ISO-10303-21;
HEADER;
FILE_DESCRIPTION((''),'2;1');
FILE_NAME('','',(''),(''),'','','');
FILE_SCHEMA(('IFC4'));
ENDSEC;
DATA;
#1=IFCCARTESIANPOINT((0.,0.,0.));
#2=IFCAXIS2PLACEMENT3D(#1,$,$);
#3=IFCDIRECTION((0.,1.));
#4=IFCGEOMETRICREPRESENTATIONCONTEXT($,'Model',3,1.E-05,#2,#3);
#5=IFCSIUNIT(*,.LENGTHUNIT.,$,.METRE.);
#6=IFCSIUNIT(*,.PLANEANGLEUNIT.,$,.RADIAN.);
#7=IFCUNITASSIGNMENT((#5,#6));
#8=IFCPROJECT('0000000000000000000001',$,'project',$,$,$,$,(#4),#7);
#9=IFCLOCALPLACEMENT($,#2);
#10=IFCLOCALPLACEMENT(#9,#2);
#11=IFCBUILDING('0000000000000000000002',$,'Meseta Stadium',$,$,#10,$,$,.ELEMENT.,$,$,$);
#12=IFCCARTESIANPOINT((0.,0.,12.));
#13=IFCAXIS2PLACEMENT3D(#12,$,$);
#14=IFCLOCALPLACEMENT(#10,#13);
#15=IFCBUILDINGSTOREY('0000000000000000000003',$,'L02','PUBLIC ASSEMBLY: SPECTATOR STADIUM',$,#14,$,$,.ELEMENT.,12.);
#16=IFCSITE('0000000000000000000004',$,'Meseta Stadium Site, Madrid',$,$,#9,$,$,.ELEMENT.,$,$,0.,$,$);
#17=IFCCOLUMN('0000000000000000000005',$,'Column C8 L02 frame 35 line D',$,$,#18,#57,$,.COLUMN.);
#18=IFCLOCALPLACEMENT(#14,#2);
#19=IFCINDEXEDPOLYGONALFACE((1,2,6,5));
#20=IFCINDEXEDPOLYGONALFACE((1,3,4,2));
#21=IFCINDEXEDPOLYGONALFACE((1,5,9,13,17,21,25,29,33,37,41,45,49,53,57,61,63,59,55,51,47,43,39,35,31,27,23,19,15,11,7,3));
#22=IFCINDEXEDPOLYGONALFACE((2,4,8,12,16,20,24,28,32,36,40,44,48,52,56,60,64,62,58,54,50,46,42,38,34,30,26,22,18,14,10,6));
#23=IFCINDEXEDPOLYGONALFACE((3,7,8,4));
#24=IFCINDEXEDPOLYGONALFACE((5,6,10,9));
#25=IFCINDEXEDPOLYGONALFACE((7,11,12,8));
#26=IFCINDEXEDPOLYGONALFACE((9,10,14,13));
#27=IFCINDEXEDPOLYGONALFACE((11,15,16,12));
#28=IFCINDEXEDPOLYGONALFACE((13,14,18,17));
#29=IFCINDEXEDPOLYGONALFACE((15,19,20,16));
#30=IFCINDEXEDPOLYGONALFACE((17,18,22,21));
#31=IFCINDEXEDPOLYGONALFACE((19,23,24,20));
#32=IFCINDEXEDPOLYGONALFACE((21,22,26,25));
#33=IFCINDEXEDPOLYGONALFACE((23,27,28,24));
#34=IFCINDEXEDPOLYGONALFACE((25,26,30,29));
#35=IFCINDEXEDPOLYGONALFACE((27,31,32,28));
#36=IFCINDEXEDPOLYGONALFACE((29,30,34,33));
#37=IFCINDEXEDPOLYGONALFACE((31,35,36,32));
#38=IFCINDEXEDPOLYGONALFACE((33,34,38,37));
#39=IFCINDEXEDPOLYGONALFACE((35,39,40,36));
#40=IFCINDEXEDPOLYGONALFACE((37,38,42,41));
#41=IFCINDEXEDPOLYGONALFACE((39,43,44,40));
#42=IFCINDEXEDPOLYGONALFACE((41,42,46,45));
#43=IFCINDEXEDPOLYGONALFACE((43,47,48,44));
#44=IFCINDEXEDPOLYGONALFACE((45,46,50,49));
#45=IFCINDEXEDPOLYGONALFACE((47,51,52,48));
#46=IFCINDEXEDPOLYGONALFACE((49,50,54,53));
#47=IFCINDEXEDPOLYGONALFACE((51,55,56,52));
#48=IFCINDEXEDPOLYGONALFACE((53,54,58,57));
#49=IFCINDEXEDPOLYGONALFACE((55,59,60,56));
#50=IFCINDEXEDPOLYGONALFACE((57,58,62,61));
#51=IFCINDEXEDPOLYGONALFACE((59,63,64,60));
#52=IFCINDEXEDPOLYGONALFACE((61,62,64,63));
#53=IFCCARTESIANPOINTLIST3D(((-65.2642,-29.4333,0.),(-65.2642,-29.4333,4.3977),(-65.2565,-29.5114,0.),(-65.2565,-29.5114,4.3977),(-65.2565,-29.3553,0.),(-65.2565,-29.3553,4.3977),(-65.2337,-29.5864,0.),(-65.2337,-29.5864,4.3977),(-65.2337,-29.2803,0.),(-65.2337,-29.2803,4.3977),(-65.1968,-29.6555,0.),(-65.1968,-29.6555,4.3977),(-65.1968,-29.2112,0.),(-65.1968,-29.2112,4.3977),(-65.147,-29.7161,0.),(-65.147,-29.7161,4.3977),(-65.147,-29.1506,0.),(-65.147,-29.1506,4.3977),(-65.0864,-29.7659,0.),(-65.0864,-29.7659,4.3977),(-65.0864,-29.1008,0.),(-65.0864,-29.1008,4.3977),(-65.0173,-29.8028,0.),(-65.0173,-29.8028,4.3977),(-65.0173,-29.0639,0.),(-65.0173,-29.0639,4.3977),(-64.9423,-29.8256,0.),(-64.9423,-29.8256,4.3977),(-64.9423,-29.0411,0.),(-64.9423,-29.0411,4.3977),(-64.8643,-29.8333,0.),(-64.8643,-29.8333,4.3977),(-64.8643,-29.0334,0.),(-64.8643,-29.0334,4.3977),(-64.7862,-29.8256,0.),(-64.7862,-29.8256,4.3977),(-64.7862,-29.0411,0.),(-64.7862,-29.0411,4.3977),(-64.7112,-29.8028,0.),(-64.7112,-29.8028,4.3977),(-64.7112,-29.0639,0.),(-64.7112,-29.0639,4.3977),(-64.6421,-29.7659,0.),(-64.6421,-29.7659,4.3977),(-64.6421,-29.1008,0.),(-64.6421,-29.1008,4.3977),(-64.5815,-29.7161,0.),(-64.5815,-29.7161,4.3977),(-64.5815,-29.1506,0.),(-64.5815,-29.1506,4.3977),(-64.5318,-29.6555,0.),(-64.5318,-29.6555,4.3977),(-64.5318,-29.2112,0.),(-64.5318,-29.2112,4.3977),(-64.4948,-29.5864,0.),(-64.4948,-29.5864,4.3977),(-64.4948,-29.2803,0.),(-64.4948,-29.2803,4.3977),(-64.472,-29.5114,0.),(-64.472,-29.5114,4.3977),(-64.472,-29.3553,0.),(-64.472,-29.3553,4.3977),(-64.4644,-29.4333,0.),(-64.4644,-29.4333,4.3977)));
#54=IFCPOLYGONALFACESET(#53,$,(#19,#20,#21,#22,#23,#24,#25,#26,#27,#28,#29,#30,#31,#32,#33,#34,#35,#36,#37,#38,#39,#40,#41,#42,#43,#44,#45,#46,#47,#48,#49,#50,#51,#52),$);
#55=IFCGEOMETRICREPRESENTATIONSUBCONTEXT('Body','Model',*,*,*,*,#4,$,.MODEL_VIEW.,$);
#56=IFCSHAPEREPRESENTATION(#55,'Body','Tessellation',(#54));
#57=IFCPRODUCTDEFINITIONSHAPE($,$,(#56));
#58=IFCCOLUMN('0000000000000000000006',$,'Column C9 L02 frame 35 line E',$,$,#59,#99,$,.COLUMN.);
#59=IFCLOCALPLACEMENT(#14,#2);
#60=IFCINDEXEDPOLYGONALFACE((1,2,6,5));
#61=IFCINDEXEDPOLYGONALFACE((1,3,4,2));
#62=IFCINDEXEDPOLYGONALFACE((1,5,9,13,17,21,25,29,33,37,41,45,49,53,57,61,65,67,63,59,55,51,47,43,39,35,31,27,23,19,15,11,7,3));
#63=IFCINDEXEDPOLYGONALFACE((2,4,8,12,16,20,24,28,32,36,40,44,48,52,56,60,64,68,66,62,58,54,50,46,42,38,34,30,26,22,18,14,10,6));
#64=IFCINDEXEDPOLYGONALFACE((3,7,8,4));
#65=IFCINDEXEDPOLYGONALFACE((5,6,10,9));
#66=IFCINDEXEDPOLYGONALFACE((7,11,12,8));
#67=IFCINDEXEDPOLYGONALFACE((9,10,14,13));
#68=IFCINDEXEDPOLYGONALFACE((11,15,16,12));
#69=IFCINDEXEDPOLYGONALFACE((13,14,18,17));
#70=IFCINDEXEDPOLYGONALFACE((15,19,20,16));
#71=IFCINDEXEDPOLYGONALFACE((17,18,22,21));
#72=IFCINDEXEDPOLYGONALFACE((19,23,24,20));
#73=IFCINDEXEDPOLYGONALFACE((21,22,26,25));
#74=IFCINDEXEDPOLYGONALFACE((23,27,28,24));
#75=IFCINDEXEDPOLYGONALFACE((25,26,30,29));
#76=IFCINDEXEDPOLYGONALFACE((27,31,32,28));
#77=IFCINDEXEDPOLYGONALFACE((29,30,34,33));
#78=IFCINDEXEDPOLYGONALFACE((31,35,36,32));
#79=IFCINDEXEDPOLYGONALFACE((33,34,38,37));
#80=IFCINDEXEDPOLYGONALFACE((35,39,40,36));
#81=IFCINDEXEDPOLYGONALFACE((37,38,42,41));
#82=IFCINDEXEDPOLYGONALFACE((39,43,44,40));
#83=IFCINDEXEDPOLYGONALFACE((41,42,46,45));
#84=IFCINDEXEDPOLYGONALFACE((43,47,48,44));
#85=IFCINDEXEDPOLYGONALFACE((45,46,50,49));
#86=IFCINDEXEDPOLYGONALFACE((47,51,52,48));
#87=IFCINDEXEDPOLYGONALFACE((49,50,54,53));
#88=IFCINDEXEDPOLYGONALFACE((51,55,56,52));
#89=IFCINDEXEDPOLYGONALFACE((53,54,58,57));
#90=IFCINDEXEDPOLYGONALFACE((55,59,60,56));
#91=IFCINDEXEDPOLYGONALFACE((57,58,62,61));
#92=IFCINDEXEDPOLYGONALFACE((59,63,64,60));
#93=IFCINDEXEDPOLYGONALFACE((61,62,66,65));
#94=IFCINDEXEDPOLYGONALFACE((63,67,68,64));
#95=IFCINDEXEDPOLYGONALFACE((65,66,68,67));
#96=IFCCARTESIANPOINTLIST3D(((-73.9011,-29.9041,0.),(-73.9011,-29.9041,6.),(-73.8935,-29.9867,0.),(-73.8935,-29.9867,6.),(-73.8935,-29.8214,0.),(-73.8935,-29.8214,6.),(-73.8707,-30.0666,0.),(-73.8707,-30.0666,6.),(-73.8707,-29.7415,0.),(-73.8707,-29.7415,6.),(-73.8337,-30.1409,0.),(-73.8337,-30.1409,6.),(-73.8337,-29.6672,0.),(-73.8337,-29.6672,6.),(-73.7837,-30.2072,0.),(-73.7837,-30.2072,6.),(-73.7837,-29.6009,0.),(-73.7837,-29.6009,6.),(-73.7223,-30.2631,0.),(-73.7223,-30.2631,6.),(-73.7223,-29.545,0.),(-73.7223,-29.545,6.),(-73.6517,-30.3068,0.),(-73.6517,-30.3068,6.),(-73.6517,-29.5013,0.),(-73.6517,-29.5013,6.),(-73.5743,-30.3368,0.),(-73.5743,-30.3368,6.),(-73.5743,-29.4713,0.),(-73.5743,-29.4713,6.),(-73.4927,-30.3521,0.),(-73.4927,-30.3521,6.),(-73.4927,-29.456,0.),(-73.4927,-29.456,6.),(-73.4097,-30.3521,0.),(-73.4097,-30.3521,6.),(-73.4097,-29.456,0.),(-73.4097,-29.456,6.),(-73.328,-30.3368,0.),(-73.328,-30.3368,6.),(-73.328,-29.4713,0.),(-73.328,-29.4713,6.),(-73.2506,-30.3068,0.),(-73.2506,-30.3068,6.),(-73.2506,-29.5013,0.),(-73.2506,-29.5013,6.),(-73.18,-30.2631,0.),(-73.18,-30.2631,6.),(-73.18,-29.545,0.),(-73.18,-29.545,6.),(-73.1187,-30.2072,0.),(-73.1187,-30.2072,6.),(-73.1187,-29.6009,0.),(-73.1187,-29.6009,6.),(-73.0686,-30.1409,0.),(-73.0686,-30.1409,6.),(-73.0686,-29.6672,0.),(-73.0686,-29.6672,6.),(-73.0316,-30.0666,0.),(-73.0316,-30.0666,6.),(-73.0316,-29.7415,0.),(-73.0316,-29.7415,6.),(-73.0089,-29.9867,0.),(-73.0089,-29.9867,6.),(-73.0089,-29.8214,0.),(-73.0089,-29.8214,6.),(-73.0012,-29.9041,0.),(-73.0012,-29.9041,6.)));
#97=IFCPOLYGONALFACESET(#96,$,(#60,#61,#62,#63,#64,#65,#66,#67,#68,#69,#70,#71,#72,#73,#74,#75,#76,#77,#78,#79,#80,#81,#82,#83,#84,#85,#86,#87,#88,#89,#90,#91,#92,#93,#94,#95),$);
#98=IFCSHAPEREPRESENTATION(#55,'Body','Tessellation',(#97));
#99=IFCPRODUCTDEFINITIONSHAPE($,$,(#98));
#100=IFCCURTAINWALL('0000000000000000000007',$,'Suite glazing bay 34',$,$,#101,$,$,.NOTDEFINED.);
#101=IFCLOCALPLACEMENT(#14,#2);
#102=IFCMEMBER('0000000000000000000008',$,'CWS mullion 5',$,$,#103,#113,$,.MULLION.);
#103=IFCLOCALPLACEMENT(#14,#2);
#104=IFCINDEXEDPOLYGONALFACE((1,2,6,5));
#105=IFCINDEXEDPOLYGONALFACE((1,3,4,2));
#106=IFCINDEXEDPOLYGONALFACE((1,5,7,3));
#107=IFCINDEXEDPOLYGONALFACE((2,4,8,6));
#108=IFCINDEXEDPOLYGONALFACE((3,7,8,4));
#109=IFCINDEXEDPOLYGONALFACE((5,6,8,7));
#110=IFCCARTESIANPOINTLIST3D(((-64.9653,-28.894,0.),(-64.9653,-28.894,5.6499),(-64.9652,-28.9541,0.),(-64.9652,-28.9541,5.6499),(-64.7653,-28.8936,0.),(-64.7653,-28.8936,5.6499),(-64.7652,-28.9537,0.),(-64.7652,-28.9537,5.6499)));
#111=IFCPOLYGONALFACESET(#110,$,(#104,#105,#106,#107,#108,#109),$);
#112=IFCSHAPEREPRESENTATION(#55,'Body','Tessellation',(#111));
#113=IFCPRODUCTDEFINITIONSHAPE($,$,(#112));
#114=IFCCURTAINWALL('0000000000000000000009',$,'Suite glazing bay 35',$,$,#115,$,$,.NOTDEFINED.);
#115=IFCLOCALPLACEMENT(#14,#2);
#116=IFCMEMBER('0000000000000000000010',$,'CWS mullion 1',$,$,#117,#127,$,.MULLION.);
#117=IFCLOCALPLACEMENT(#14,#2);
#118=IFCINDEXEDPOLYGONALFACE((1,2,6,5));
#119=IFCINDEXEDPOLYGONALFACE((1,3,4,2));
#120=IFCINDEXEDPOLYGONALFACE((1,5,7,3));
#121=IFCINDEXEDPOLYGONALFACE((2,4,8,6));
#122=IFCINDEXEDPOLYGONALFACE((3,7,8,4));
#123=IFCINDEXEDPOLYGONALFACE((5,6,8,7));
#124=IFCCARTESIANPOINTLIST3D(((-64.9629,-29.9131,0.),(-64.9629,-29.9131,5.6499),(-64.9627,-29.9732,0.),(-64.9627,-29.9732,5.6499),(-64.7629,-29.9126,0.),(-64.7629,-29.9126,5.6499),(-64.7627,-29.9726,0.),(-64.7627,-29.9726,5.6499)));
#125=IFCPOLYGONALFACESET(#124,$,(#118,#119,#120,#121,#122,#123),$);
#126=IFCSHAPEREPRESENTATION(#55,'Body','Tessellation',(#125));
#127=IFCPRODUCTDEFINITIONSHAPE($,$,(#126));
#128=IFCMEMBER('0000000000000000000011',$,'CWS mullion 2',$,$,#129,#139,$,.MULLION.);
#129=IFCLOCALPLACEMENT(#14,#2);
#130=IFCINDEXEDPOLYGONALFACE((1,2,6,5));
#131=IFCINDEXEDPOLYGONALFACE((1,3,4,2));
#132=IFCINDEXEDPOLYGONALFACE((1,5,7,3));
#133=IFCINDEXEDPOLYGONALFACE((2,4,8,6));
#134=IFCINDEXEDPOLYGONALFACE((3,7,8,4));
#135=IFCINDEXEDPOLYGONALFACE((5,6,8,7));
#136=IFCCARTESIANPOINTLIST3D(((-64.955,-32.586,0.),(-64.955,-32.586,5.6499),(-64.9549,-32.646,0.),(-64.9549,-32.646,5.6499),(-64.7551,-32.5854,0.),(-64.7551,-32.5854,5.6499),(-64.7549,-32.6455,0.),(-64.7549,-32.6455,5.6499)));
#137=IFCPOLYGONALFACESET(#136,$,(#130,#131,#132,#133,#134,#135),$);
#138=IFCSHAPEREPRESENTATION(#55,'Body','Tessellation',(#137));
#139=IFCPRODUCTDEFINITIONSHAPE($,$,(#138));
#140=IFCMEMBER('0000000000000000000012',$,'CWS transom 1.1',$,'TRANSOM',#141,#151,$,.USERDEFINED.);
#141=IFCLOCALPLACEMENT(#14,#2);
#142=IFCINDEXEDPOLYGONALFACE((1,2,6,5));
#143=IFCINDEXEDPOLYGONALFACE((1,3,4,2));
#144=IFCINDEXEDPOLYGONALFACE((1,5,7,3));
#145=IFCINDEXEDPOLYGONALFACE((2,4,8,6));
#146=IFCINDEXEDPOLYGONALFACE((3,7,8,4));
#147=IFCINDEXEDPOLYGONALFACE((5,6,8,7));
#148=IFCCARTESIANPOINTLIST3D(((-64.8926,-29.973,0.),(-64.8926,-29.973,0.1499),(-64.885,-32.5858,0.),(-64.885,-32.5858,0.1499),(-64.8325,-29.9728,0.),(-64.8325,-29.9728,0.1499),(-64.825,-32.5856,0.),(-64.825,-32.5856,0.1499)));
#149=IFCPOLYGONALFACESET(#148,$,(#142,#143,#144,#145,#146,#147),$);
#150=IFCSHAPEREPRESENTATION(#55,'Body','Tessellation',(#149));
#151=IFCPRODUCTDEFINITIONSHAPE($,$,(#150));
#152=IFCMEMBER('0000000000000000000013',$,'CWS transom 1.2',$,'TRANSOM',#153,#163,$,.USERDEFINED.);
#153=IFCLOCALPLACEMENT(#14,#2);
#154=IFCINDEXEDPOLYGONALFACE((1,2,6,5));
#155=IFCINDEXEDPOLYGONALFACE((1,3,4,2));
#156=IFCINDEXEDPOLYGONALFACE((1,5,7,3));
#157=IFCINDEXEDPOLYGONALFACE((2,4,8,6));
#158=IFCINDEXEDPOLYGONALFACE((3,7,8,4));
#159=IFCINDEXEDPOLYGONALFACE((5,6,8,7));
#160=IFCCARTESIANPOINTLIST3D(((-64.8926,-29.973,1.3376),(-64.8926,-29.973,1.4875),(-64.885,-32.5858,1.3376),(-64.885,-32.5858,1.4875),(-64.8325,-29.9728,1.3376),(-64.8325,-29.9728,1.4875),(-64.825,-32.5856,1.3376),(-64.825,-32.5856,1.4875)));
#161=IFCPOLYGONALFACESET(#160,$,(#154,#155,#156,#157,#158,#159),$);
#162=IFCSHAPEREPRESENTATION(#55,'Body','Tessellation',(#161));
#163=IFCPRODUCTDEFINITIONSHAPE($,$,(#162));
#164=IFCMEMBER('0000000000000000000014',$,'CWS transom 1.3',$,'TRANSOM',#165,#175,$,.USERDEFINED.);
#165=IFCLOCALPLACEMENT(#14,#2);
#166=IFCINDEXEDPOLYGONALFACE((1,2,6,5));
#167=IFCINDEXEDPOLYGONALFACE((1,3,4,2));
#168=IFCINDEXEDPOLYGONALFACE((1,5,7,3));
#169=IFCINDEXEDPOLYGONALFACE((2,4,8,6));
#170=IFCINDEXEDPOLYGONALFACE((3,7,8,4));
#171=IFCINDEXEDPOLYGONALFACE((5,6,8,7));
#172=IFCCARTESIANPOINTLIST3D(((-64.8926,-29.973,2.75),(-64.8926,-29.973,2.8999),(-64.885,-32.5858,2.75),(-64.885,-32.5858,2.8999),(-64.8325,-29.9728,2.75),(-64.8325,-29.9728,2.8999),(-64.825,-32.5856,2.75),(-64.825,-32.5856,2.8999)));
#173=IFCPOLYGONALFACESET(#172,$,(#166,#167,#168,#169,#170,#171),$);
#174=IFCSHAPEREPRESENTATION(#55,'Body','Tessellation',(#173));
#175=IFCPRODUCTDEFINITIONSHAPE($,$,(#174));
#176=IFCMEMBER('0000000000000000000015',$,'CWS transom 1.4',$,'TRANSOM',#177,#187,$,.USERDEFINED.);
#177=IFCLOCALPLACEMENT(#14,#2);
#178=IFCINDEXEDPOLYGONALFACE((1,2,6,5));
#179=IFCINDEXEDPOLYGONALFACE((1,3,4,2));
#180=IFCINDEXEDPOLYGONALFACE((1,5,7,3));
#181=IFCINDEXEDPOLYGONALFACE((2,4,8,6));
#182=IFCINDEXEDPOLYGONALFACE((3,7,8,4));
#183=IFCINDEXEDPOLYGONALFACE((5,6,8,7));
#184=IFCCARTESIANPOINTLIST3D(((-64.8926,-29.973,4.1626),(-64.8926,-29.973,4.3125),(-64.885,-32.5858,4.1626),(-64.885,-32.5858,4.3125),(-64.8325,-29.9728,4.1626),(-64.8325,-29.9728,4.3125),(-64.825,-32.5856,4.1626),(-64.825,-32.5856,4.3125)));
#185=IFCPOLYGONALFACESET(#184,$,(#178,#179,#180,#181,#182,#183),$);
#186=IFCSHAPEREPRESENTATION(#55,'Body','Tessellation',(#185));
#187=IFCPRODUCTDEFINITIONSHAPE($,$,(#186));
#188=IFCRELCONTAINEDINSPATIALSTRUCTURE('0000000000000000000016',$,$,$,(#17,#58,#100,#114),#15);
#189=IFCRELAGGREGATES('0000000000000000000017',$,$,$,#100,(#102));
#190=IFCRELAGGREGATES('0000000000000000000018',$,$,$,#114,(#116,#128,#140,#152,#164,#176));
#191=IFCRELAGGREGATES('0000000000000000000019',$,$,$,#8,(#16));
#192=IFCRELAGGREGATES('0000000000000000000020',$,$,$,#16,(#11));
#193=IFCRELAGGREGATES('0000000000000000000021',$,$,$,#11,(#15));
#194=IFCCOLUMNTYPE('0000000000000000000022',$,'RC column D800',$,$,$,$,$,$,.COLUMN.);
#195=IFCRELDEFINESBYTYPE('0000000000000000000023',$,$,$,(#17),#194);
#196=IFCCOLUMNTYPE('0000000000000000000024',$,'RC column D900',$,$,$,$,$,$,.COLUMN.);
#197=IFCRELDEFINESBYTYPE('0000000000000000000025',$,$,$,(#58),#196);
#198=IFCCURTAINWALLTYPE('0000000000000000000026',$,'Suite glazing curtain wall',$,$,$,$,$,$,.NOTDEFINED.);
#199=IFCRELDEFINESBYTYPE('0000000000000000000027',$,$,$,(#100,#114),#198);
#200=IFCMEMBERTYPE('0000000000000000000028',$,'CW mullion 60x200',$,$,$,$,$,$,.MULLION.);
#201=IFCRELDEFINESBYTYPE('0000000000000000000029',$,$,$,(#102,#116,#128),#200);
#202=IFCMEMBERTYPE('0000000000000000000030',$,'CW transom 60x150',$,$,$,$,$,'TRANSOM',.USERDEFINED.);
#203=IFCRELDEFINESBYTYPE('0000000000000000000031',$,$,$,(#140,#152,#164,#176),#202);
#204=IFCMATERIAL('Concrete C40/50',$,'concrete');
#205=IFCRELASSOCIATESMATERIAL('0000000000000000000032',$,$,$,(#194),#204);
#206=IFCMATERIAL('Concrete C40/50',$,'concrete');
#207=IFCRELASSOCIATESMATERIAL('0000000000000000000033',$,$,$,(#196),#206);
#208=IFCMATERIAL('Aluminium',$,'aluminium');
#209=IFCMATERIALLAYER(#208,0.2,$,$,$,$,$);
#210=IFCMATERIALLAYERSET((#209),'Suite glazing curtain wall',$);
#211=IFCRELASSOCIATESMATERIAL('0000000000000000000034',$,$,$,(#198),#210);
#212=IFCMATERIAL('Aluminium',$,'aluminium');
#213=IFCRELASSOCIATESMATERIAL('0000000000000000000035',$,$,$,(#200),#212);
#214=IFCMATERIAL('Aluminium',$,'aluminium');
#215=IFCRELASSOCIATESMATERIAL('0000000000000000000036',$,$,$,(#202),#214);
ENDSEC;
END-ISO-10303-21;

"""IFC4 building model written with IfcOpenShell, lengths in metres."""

from ifc_helpers import new_model, si_unit, direction, frame, origin, origin_2d, place, context, subcontext, project, spatial, rectangle, circle, extrude, material, layer, layer_set, material_profile, profile_set, type_object, element, aggregate, save


model = new_model("IFC4")

# Units and contexts
model_context = context("Model", 3, precision=1e-05, world=origin(), true_north=direction((0.0, 1.0)))
body_context = subcontext(model_context, "Body", "Model", "MODEL_VIEW")
ifc_project = project(units=[si_unit("LENGTHUNIT", "METRE"), si_unit("PLANEANGLEUNIT", "RADIAN")], contexts=[model_context])

# Site, building, storey
site_placement = place(None, origin())
site = spatial("IfcSite", under=ifc_project, at=site_placement, Name="Meseta Stadium Site, Madrid", CompositionType="ELEMENT", RefElevation=0.0)
building_placement = place(site_placement, origin())
building = spatial("IfcBuilding", under=site, at=building_placement, Name="Meseta Stadium", CompositionType="ELEMENT")
storey_placement = place(building_placement, frame((0.0, 0.0, 12.0)))
storey = spatial("IfcBuildingStorey", under=building, at=storey_placement, Name="L02", Description="PUBLIC ASSEMBLY: SPECTATOR STADIUM", CompositionType="ELEMENT", Elevation=12.0)

# Columns
ifc_material_1 = material(Name="Concrete C40/50", Category="concrete")
ifc_material_profile_1 = material_profile(ifc_material_1, circle(Radius=0.3999, at=origin_2d()), Name="RC D800")
ifc_profile_set_1 = profile_set([ifc_material_profile_1], Name="Concrete C40/50")
column_type_1 = type_object("IfcColumnType", Name="RC column D800", PredefinedType="COLUMN", material=ifc_profile_set_1)
column_1_placement = place(storey_placement, frame((-64.8643, -29.4333, 0.0), z_axis=(0.0, 0.0, 1.0), x_axis=(1.0, 0.0, 0.0)))
element("IfcColumn", 1, at=column_1_placement, inside=storey, type_object=column_type_1, Name="Column C8 L02 frame 35 line D", PredefinedType="COLUMN", context=body_context, shape_type="SweptSolid", body=[
    extrude(circle(Radius=0.3999, at=origin_2d()), origin(), (0.0, 0.0, 1.0), 4.3977),
])
ifc_material_2 = material(Name="Concrete C40/50", Category="concrete")
ifc_material_profile_2 = material_profile(ifc_material_2, circle(Radius=0.45, at=origin_2d()), Name="RC D900")
ifc_profile_set_2 = profile_set([ifc_material_profile_2], Name="Concrete C40/50")
column_type_2 = type_object("IfcColumnType", Name="RC column D900", PredefinedType="COLUMN", material=ifc_profile_set_2)
column_2_placement = place(storey_placement, frame((-73.4512, -29.9041, 0.0), z_axis=(0.0, 0.0, 1.0), x_axis=(1.0, 0.0, 0.0)))
element("IfcColumn", 2, at=column_2_placement, inside=storey, type_object=column_type_2, Name="Column C9 L02 frame 35 line E", PredefinedType="COLUMN", context=body_context, shape_type="SweptSolid", body=[
    extrude(circle(Radius=0.45, at=origin_2d()), origin(), (0.0, 0.0, 1.0), 6.0),
])

# Curtain wall, member
ifc_material_3 = material(Name="Aluminium", Category="aluminium")
ifc_layer_1 = layer(ifc_material_3, 0.2)
ifc_layer_set_1 = layer_set([ifc_layer_1], Name="Suite glazing curtain wall")
curtain_wall_type = type_object("IfcCurtainWallType", Name="Suite glazing curtain wall", PredefinedType="NOTDEFINED", material=ifc_layer_set_1)
curtain_wall_1_placement = place(storey_placement, origin())
curtain_wall_1 = element("IfcCurtainWall", 3, at=curtain_wall_1_placement, inside=storey, type_object=curtain_wall_type, Name="Suite glazing bay 34", PredefinedType="NOTDEFINED")
ifc_material_4 = material(Name="Aluminium", Category="aluminium")
ifc_material_profile_3 = material_profile(ifc_material_4, rectangle(XDim=0.2, YDim=0.0601, at=origin_2d()), Name="CW 200x60")
ifc_profile_set_3 = profile_set([ifc_material_profile_3], Name="Aluminium")
member_type_1 = type_object("IfcMemberType", Name="CW mullion 60x200", PredefinedType="MULLION", material=ifc_profile_set_3)
member_1_placement = place(storey_placement, frame((-64.8652, -28.9238, 0.0), z_axis=(0.0, 0.0, 1.0), x_axis=(0.999998, 0.001947, 0.0)))
member_1 = element("IfcMember", 4, at=member_1_placement, type_object=member_type_1, Name="CWS mullion 5", PredefinedType="MULLION", context=body_context, shape_type="SweptSolid", body=[
    extrude(rectangle(XDim=0.2, YDim=0.0601, at=origin_2d()), origin(), (0.0, 0.0, 1.0), 5.6499),
])

# Curtain wall, members
curtain_wall_2_placement = place(storey_placement, origin())
curtain_wall_2 = element("IfcCurtainWall", 5, at=curtain_wall_2_placement, inside=storey, type_object=curtain_wall_type, Name="Suite glazing bay 35", PredefinedType="NOTDEFINED")
member_2_placement = place(storey_placement, frame((-64.8628, -29.9429, 0.0), z_axis=(0.0, 0.0, 1.0), x_axis=(0.999996, 0.00291, 0.0)))
member_2 = element("IfcMember", 6, at=member_2_placement, type_object=member_type_1, Name="CWS mullion 1", PredefinedType="MULLION", context=body_context, shape_type="SweptSolid", body=[
    extrude(rectangle(XDim=0.2, YDim=0.0601, at=origin_2d()), origin(), (0.0, 0.0, 1.0), 5.6499),
])
member_3_placement = place(storey_placement, frame((-64.855, -32.6157, 0.0), z_axis=(0.0, 0.0, 1.0), x_axis=(0.999996, 0.00291, 0.0)))
member_3 = element("IfcMember", 7, at=member_3_placement, type_object=member_type_1, Name="CWS mullion 2", PredefinedType="MULLION", context=body_context, shape_type="SweptSolid", body=[
    extrude(rectangle(XDim=0.2, YDim=0.0601, at=origin_2d()), origin(), (0.0, 0.0, 1.0), 5.6499),
])
ifc_material_5 = material(Name="Aluminium", Category="aluminium")
ifc_material_profile_4 = material_profile(ifc_material_5, rectangle(XDim=0.0601, YDim=0.1499, at=origin_2d()), Name="CW 60x150")
ifc_profile_set_4 = profile_set([ifc_material_profile_4], Name="Aluminium")
member_type_2 = type_object("IfcMemberType", Name="CW transom 60x150", ElementType="TRANSOM", PredefinedType="USERDEFINED", material=ifc_profile_set_4)
member_4_placement = place(storey_placement, frame((-64.8625, -29.9729, 0.075), z_axis=(0.002897, -0.999996, 0.0), x_axis=(0.999996, 0.002897, 0.0)))
member_4 = element("IfcMember", 8, at=member_4_placement, type_object=member_type_2, Name="CWS transom 1.1", ObjectType="TRANSOM", PredefinedType="USERDEFINED", context=body_context, shape_type="SweptSolid", body=[
    extrude(rectangle(XDim=0.0601, YDim=0.1499, at=origin_2d()), origin(), (0.0, 0.0, 1.0), 2.6128),
])
member_5_placement = place(storey_placement, frame((-64.8625, -29.9729, 1.4126), z_axis=(0.002897, -0.999996, 0.0), x_axis=(0.999996, 0.002897, 0.0)))
member_5 = element("IfcMember", 9, at=member_5_placement, type_object=member_type_2, Name="CWS transom 1.2", ObjectType="TRANSOM", PredefinedType="USERDEFINED", context=body_context, shape_type="SweptSolid", body=[
    extrude(rectangle(XDim=0.0601, YDim=0.1499, at=origin_2d()), origin(), (0.0, 0.0, 1.0), 2.6128),
])
member_6_placement = place(storey_placement, frame((-64.8625, -29.9729, 2.825), z_axis=(0.002897, -0.999996, 0.0), x_axis=(0.999996, 0.002897, 0.0)))
member_6 = element("IfcMember", 10, at=member_6_placement, type_object=member_type_2, Name="CWS transom 1.3", ObjectType="TRANSOM", PredefinedType="USERDEFINED", context=body_context, shape_type="SweptSolid", body=[
    extrude(rectangle(XDim=0.0601, YDim=0.1499, at=origin_2d()), origin(), (0.0, 0.0, 1.0), 2.6128),
])
member_7_placement = place(storey_placement, frame((-64.8625, -29.9729, 4.2375), z_axis=(0.002897, -0.999996, 0.0), x_axis=(0.999996, 0.002897, 0.0)))
member_7 = element("IfcMember", 11, at=member_7_placement, type_object=member_type_2, Name="CWS transom 1.4", ObjectType="TRANSOM", PredefinedType="USERDEFINED", context=body_context, shape_type="SweptSolid", body=[
    extrude(rectangle(XDim=0.0601, YDim=0.1499, at=origin_2d()), origin(), (0.0, 0.0, 1.0), 2.6128),
])

aggregate(curtain_wall_1, [member_1])
aggregate(curtain_wall_2, [member_2, member_3, member_4, member_5, member_6, member_7])

save(model, "model.ifc")
